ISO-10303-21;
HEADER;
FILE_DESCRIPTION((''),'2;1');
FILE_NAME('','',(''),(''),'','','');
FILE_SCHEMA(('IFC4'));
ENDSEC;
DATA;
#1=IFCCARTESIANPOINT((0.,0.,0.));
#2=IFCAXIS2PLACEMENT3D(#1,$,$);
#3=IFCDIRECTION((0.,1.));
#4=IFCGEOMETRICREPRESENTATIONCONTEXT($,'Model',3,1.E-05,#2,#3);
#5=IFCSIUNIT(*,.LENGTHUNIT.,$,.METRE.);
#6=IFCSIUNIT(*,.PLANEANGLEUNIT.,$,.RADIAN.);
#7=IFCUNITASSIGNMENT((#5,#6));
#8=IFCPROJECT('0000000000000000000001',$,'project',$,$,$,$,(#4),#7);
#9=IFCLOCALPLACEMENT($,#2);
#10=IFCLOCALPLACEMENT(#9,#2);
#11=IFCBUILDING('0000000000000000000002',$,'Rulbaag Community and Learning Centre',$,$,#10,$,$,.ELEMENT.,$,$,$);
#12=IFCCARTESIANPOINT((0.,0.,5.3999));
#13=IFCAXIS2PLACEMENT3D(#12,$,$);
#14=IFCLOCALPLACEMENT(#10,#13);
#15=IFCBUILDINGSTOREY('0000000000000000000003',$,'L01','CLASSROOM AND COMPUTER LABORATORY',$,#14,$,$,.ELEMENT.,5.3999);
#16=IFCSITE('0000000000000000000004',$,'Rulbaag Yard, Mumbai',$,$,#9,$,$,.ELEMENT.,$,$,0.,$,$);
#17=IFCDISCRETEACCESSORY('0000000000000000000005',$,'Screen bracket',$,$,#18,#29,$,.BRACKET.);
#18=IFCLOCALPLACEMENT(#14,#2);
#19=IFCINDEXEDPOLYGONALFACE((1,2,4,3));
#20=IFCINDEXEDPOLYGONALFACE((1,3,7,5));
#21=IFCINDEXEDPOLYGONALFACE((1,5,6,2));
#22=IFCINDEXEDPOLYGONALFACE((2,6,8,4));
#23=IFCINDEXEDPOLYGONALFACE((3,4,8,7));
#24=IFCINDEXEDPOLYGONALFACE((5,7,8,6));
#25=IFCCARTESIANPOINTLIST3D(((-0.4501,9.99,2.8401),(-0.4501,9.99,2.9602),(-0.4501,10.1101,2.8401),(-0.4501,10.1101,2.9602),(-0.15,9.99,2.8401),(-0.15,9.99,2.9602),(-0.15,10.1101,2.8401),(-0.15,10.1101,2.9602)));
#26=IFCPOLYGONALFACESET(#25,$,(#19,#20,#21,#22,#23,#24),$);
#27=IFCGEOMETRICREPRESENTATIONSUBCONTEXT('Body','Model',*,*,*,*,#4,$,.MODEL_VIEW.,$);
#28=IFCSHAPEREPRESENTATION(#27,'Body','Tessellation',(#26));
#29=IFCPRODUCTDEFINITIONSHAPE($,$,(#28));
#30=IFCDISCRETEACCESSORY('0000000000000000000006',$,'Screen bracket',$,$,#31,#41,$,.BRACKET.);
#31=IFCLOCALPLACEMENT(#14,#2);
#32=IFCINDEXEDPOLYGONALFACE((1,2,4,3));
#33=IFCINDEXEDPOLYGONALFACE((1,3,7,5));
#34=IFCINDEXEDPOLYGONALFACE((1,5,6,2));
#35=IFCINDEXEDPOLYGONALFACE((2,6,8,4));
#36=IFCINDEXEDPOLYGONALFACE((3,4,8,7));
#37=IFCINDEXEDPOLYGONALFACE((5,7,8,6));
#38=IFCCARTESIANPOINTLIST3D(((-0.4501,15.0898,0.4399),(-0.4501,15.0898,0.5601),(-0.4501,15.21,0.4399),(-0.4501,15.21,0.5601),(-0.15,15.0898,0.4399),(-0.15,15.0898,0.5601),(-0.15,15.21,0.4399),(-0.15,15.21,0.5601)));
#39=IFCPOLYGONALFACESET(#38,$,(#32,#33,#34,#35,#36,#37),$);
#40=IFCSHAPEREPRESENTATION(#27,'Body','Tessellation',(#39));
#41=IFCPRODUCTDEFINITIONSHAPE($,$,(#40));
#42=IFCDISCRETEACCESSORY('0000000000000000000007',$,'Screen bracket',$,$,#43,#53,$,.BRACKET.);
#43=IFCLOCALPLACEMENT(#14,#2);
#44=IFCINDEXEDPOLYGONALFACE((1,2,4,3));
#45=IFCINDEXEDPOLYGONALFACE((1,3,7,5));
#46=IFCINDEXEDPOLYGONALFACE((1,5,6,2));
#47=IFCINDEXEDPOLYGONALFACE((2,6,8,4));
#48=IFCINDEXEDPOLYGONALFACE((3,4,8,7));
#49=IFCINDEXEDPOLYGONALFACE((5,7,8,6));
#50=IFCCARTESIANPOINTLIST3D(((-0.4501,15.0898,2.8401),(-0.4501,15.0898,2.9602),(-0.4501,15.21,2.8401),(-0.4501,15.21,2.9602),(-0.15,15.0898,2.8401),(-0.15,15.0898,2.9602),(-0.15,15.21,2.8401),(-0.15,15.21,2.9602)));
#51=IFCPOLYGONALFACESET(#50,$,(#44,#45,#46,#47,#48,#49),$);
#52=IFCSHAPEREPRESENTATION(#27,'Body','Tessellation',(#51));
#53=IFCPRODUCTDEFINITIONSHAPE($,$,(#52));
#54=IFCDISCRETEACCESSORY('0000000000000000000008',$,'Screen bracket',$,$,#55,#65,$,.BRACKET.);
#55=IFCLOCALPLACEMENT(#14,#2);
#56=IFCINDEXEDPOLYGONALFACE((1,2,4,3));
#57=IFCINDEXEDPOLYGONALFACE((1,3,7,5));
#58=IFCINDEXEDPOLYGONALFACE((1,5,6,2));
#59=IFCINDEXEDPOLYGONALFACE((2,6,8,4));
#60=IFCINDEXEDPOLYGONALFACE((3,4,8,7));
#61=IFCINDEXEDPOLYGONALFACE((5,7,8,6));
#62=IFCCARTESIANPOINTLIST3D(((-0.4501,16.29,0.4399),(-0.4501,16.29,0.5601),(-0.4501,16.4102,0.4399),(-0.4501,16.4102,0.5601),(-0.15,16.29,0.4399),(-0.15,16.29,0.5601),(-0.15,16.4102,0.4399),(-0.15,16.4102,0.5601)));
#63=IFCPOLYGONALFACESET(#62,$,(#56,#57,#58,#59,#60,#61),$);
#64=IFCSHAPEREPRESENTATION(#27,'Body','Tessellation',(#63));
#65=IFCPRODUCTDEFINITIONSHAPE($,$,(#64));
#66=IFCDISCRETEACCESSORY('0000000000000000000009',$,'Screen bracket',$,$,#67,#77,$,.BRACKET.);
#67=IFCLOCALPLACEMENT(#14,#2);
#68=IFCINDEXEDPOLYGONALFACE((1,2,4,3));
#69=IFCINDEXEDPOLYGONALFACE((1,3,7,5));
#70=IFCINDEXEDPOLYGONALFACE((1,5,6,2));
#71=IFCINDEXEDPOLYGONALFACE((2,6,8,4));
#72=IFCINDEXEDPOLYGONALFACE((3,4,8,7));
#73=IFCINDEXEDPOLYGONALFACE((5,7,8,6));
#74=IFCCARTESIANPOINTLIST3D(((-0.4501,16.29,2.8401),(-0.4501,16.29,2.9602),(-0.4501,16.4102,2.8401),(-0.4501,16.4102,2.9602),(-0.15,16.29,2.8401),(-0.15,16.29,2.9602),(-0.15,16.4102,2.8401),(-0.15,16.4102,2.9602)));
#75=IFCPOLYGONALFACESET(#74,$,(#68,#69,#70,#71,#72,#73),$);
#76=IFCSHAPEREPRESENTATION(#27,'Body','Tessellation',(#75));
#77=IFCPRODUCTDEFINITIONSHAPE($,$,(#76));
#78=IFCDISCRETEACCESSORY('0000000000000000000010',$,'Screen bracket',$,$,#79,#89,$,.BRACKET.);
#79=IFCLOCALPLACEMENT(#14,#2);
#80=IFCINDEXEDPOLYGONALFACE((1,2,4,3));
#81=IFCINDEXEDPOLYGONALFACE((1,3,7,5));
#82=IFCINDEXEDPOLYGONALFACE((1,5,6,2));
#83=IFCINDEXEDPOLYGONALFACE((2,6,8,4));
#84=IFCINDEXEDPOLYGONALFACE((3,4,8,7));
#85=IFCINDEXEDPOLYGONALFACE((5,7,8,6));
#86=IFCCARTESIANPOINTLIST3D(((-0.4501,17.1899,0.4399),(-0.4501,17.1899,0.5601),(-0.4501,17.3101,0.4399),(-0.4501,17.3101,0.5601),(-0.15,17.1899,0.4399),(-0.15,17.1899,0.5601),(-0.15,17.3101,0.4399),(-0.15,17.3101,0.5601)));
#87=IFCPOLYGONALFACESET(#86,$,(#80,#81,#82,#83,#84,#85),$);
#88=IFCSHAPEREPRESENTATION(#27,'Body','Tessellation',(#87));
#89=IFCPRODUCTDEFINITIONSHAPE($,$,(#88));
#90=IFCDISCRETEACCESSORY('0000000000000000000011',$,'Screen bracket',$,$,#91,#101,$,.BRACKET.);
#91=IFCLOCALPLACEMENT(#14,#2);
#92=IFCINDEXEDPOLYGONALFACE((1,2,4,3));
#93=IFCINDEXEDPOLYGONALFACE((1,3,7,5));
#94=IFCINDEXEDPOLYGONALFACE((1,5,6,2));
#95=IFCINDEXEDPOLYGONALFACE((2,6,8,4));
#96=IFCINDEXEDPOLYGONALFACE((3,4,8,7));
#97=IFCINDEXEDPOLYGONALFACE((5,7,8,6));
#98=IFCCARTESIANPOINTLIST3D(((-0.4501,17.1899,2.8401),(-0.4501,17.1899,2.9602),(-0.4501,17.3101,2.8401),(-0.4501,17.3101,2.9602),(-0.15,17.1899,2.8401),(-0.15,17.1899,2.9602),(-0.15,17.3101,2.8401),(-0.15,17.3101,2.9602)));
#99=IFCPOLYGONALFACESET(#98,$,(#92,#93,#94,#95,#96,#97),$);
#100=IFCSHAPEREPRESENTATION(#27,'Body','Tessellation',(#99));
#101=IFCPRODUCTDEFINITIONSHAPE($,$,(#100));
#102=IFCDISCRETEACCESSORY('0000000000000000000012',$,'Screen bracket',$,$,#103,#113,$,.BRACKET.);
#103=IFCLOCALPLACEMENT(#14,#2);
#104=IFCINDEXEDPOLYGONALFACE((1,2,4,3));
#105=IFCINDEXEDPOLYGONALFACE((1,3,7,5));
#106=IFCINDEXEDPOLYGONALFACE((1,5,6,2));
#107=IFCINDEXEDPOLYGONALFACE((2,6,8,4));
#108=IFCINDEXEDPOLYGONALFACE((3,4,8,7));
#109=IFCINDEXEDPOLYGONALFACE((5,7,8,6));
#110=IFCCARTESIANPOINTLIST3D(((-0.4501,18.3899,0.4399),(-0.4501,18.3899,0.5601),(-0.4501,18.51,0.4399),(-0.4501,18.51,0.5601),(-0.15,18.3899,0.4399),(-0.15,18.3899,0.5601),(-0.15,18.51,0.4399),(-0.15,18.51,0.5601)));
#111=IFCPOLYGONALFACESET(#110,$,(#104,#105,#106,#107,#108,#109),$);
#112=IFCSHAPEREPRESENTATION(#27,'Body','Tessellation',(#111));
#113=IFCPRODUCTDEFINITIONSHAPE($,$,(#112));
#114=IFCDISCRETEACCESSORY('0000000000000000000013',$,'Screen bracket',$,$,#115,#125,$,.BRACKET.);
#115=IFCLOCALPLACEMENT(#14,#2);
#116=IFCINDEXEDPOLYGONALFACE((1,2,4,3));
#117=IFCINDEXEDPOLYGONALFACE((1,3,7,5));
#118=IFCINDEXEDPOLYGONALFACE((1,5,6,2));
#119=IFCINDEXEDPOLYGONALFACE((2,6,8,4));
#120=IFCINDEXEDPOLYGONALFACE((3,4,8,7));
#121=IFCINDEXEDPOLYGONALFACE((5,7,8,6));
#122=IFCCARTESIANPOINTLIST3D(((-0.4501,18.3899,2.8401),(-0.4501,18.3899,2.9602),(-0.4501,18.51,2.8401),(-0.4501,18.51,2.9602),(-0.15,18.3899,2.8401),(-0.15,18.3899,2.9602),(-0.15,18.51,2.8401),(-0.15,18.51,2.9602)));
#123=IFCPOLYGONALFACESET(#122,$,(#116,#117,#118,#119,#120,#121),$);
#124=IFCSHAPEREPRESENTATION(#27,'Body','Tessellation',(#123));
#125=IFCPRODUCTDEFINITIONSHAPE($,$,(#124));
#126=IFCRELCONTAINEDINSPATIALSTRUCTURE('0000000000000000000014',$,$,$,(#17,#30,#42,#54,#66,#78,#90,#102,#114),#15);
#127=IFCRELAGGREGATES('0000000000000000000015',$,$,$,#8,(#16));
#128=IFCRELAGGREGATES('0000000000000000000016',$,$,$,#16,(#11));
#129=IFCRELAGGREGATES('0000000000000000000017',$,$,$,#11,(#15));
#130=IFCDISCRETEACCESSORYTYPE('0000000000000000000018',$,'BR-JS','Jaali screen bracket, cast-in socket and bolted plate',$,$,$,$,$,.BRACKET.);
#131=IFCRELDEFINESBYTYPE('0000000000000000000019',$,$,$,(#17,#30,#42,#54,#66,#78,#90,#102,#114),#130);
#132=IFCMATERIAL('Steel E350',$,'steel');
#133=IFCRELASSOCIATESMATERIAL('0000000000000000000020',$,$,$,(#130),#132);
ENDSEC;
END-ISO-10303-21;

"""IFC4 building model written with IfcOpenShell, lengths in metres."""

from ifc_helpers import new_model, si_unit, direction, frame, origin, origin_2d, place, context, subcontext, project, spatial, rectangle, extrude, material, type_object, element, save


model = new_model("IFC4")

# Units and contexts
model_context = context("Model", 3, precision=1e-05, world=origin(), true_north=direction((0.0, 1.0)))
body_context = subcontext(model_context, "Body", "Model", "MODEL_VIEW")
ifc_project = project(units=[si_unit("LENGTHUNIT", "METRE"), si_unit("PLANEANGLEUNIT", "RADIAN")], contexts=[model_context])

# Site, building, storey
site_placement = place(None, origin())
site = spatial("IfcSite", under=ifc_project, at=site_placement, Name="Rulbaag Yard, Mumbai", CompositionType="ELEMENT", RefElevation=0.0)
building_placement = place(site_placement, origin())
building = spatial("IfcBuilding", under=site, at=building_placement, Name="Rulbaag Community and Learning Centre", CompositionType="ELEMENT")
storey_placement = place(building_placement, frame((0.0, 0.0, 5.3999)))
storey = spatial("IfcBuildingStorey", under=building, at=storey_placement, Name="L01", Description="CLASSROOM AND COMPUTER LABORATORY", CompositionType="ELEMENT", Elevation=5.3999)

# Discrete accessories
ifc_material_1 = material(Name="Steel E350", Category="steel")
discrete_accessory_type = type_object("IfcDiscreteAccessoryType", Name="BR-JS", Description="Jaali screen bracket, cast-in socket and bolted plate", PredefinedType="BRACKET", material=ifc_material_1)
for number, where, z_axis, x_axis, name in (
    (1, (-0.3, 10.05, 2.8401), (0.0, 0.0, 1.0), (1.0, 0.0, 0.0), "Screen bracket"),
    (2, (-0.3, 15.1499, 0.4399), (0.0, 0.0, 1.0), (1.0, 0.0, 0.0), "Screen bracket"),
    (3, (-0.3, 15.1499, 2.8401), (0.0, 0.0, 1.0), (1.0, 0.0, 0.0), "Screen bracket"),
    (4, (-0.3, 16.3501, 0.4399), (0.0, 0.0, 1.0), (1.0, 0.0, 0.0), "Screen bracket"),
    (5, (-0.3, 16.3501, 2.8401), (0.0, 0.0, 1.0), (1.0, 0.0, 0.0), "Screen bracket"),
    (6, (-0.3, 17.25, 0.4399), (0.0, 0.0, 1.0), (1.0, 0.0, 0.0), "Screen bracket"),
    (7, (-0.3, 17.25, 2.8401), (0.0, 0.0, 1.0), (1.0, 0.0, 0.0), "Screen bracket"),
    (8, (-0.3, 18.45, 0.4399), (0.0, 0.0, 1.0), (1.0, 0.0, 0.0), "Screen bracket"),
    (9, (-0.3, 18.45, 2.8401), (0.0, 0.0, 1.0), (1.0, 0.0, 0.0), "Screen bracket"),
):
    element("IfcDiscreteAccessory", number, at=place(storey_placement, frame(where, z_axis=z_axis, x_axis=x_axis)), inside=storey, type_object=discrete_accessory_type, Name=name, PredefinedType="BRACKET", context=body_context, shape_type="SweptSolid", body=[
        extrude(rectangle(XDim=0.3, YDim=0.1201, at=origin_2d()), origin(), (0.0, 0.0, 1.0), 0.1201),
    ])

save(model, "model.ifc")
